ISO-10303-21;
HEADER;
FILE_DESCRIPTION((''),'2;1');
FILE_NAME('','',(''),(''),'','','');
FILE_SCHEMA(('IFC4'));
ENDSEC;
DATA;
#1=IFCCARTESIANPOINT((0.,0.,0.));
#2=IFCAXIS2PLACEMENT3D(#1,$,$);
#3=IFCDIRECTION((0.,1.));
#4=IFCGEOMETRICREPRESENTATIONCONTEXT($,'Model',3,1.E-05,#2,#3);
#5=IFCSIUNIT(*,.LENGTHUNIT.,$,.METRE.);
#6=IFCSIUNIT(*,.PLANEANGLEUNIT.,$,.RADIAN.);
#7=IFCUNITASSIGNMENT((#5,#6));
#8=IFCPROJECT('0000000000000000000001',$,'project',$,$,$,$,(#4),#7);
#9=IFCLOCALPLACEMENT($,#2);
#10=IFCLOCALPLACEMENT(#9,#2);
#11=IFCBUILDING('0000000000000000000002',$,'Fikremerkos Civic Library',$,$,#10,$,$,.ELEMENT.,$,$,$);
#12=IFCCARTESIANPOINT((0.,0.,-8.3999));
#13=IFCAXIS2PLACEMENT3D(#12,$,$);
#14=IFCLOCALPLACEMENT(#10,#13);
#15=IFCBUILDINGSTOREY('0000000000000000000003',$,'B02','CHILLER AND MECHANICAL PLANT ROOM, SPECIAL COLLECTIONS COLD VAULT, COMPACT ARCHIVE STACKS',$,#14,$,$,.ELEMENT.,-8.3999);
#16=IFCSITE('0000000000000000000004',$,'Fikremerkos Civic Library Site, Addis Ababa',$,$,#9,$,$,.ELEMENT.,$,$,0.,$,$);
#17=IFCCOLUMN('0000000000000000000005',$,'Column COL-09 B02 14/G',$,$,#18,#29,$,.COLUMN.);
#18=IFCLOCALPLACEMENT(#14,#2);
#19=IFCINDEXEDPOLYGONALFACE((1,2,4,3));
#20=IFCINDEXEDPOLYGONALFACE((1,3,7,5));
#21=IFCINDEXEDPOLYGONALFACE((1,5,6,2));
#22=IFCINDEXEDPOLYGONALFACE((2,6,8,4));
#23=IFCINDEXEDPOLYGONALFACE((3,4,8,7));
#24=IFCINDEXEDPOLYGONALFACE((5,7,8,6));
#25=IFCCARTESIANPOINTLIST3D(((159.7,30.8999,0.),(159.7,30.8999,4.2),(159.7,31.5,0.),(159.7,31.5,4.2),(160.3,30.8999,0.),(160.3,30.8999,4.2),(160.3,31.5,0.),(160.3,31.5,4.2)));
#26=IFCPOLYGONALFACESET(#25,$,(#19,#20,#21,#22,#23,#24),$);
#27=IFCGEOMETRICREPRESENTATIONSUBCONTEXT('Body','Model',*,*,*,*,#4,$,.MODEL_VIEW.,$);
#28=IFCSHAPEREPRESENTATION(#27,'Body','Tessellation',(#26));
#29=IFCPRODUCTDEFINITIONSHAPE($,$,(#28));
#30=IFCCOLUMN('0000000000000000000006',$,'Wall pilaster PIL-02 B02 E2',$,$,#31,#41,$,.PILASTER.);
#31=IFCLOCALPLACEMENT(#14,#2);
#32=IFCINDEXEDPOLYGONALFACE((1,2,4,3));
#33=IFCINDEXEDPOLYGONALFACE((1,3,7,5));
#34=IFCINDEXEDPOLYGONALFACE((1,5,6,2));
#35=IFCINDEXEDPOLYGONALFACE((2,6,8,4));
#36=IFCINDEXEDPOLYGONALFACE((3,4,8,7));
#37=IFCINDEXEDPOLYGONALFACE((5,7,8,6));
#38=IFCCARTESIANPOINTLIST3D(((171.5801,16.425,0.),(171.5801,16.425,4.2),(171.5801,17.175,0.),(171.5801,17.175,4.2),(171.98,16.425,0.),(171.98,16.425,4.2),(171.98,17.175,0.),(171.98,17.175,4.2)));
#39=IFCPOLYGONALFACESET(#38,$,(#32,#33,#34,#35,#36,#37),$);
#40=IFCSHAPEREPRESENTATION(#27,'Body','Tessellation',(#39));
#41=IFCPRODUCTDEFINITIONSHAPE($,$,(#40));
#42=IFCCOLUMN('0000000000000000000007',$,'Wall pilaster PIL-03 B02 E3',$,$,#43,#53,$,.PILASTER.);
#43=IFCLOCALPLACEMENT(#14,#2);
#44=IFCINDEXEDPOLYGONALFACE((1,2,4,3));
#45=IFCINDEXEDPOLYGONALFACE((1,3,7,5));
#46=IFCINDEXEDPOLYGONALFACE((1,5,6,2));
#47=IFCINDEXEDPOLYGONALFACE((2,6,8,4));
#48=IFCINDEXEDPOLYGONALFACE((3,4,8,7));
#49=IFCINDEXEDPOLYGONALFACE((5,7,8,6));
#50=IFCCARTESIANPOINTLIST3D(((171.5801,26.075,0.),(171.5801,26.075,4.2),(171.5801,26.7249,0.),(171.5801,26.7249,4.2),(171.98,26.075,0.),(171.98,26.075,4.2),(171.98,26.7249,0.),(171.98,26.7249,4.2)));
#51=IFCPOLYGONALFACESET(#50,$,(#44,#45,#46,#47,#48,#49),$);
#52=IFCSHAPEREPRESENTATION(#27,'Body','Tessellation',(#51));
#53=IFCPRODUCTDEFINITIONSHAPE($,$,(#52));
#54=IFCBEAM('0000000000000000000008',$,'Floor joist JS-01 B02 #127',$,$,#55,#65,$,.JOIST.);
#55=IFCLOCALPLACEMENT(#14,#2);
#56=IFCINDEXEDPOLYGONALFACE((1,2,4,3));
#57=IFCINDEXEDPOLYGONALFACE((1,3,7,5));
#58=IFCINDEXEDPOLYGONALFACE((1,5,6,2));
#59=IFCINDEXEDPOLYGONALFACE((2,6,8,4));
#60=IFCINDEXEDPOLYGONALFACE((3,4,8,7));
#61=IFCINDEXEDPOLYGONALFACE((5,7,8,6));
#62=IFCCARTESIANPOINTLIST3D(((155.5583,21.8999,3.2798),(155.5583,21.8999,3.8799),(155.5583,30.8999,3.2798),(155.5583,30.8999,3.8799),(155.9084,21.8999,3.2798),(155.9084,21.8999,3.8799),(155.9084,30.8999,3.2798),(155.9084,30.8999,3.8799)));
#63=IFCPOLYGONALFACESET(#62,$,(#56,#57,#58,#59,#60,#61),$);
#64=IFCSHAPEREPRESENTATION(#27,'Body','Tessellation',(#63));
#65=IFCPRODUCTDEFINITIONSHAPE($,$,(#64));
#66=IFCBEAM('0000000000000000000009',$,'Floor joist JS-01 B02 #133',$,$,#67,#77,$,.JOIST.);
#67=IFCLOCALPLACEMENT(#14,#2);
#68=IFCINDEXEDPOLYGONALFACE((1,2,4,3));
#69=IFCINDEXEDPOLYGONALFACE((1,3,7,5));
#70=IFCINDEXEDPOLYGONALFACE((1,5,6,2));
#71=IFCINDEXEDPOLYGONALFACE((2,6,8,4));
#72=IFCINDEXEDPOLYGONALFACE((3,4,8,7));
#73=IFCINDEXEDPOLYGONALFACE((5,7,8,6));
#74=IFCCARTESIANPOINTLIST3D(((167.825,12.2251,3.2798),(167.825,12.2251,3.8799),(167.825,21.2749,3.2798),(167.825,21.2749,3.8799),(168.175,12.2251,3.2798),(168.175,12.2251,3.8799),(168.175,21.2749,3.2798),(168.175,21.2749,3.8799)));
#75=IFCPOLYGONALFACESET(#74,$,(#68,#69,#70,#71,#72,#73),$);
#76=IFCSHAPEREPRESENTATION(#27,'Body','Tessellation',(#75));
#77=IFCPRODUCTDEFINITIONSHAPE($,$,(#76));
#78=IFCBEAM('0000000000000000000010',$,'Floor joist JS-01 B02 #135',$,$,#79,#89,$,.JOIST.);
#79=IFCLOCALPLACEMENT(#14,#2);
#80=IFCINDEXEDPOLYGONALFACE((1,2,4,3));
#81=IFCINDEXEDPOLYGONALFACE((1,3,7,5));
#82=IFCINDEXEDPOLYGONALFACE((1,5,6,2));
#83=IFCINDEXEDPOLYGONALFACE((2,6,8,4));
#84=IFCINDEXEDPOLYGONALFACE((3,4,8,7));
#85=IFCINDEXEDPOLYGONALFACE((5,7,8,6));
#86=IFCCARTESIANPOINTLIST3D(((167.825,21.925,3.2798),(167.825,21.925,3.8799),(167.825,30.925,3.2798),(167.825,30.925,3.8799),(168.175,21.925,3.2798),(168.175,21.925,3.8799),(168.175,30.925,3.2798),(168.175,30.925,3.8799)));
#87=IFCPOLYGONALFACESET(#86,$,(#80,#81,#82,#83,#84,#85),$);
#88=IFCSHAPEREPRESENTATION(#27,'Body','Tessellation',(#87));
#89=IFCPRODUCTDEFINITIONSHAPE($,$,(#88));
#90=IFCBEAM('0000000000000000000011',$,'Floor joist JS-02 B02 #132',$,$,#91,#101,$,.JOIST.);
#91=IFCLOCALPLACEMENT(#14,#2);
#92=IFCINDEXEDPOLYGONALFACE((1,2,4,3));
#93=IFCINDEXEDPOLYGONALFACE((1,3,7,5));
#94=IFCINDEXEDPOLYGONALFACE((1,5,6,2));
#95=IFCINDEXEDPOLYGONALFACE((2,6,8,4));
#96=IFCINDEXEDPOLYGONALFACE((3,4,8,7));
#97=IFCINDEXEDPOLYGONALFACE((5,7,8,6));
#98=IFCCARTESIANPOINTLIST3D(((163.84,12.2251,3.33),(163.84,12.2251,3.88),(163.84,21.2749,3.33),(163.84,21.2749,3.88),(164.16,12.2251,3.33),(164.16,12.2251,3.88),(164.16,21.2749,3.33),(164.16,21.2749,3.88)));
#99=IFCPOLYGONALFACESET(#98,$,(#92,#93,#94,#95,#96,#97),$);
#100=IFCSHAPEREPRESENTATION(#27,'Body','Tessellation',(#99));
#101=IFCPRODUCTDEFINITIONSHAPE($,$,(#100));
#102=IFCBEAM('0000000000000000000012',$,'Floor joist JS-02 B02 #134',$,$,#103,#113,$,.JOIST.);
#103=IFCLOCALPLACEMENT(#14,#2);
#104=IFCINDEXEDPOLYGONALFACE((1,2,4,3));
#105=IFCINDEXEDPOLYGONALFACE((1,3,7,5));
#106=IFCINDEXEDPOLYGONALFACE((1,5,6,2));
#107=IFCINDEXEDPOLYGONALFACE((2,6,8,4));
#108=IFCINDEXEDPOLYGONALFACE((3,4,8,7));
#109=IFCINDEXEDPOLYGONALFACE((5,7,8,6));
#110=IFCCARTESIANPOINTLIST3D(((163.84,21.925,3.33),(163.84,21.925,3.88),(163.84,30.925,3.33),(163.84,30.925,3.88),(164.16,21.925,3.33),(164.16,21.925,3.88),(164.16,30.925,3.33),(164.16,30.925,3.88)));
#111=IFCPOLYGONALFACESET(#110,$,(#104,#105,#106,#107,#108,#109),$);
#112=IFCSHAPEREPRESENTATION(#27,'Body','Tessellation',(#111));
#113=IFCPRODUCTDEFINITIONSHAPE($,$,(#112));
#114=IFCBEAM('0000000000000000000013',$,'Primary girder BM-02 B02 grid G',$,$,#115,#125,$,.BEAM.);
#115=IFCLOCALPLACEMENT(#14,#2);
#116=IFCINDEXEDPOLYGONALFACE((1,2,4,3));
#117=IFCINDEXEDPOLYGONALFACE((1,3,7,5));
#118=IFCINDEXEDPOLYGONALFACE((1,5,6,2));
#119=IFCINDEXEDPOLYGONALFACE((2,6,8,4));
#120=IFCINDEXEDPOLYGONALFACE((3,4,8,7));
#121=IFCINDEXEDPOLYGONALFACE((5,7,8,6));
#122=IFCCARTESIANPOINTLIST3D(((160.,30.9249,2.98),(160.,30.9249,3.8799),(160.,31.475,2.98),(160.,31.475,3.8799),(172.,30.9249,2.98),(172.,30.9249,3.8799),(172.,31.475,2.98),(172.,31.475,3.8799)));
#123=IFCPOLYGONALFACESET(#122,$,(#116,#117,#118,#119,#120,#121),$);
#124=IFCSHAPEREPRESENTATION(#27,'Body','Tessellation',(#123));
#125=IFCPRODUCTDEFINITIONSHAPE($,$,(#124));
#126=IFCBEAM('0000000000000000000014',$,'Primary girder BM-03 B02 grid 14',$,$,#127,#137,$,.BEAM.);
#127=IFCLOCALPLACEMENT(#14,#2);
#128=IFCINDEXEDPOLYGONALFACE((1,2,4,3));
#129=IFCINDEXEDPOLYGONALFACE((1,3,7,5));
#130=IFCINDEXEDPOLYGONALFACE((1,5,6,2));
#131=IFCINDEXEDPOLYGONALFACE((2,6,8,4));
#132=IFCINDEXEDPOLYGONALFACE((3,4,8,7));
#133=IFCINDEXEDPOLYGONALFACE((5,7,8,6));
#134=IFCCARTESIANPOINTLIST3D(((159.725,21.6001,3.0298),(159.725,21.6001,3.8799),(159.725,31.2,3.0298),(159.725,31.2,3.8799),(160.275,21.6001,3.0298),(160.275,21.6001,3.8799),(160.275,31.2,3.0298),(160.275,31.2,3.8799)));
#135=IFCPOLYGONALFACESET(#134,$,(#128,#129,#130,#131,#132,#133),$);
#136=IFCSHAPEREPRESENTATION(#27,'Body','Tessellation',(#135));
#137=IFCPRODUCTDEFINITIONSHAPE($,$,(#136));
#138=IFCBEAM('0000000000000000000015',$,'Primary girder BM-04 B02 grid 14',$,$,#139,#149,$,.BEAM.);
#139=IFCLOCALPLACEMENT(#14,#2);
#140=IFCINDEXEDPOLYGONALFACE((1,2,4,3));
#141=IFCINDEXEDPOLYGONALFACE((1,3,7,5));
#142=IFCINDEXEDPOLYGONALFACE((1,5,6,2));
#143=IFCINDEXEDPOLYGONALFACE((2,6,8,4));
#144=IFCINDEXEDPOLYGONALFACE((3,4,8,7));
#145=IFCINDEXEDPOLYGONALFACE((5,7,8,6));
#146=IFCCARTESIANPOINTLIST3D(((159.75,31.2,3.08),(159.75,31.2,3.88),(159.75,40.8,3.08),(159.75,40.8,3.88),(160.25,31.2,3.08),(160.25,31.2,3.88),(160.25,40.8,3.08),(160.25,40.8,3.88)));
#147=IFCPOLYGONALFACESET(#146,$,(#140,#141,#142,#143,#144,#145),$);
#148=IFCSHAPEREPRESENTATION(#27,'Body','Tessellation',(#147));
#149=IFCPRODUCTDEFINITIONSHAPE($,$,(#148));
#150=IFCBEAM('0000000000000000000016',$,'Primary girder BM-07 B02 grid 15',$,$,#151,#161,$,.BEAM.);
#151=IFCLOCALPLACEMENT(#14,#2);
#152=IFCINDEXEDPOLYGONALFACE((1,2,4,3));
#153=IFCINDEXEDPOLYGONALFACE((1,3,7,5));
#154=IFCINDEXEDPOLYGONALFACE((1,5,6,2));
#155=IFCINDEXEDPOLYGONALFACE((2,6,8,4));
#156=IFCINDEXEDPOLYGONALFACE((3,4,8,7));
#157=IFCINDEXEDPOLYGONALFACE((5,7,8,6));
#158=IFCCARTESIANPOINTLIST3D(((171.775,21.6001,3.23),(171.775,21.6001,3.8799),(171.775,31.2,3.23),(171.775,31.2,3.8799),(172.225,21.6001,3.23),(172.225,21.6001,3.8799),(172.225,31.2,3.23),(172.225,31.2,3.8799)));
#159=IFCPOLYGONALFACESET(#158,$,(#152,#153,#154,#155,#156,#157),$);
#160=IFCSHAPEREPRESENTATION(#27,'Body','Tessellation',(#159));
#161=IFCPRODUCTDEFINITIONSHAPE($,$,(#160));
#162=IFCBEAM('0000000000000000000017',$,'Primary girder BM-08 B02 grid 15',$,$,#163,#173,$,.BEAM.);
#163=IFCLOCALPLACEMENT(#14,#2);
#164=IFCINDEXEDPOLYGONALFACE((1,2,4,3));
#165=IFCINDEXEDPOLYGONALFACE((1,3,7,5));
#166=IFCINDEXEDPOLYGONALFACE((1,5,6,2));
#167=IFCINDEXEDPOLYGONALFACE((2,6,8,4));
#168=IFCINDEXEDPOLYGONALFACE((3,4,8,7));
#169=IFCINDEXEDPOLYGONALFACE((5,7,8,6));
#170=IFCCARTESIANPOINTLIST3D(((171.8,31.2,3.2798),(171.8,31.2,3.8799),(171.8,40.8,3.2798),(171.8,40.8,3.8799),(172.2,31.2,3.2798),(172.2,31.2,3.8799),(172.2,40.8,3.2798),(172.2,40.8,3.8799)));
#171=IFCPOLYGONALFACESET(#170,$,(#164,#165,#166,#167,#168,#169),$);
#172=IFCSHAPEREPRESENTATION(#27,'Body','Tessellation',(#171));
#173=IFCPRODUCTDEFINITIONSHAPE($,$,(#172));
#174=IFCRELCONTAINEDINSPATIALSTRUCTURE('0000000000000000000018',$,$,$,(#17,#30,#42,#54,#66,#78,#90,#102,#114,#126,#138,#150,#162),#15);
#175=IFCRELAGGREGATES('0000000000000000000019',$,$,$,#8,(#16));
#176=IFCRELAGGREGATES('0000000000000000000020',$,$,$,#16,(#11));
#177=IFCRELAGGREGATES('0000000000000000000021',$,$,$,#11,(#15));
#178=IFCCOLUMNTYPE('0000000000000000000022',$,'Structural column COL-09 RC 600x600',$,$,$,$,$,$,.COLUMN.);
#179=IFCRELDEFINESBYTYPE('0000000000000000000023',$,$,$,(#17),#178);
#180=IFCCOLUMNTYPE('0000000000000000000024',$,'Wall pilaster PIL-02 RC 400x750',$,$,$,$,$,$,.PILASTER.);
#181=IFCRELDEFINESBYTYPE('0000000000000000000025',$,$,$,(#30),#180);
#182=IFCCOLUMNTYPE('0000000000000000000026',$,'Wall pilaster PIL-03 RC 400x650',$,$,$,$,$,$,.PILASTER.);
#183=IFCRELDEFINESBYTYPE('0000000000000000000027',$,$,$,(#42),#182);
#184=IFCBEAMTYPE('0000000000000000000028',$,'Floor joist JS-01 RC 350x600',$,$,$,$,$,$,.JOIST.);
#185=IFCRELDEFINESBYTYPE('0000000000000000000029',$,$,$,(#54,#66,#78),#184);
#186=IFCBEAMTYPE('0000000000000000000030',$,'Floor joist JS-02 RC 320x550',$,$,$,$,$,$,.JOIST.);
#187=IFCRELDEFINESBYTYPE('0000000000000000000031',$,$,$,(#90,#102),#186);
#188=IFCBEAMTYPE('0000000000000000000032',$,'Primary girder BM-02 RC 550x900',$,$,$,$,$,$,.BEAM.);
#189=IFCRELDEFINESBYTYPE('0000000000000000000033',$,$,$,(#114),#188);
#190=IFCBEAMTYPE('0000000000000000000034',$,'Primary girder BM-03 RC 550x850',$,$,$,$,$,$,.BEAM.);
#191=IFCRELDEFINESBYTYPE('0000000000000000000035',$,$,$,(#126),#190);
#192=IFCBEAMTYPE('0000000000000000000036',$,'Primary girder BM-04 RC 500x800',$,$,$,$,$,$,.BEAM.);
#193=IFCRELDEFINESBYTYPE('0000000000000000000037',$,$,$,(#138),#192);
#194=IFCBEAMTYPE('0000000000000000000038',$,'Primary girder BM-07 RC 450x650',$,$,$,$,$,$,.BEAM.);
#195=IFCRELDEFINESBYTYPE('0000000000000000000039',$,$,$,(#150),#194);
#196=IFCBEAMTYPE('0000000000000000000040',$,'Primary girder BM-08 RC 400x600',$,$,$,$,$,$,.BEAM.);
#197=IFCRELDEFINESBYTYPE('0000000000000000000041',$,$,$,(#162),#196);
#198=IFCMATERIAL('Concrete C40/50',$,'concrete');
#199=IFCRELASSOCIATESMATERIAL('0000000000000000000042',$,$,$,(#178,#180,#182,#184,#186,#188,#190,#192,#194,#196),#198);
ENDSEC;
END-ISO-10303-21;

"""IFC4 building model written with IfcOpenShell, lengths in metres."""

from ifc_helpers import new_model, si_unit, direction, frame, origin, origin_2d, place, context, subcontext, project, spatial, rectangle, extrude, material, material_profile, profile_set, type_object, element, save


model = new_model("IFC4")

# Units and contexts
model_context = context("Model", 3, precision=1e-05, world=origin(), true_north=direction((0.0, 1.0)))
body_context = subcontext(model_context, "Body", "Model", "MODEL_VIEW")
ifc_project = project(units=[si_unit("LENGTHUNIT", "METRE"), si_unit("PLANEANGLEUNIT", "RADIAN")], contexts=[model_context])

# Site, building, storey
site_placement = place(None, origin())
site = spatial("IfcSite", under=ifc_project, at=site_placement, Name="Fikremerkos Civic Library Site, Addis Ababa", CompositionType="ELEMENT", RefElevation=0.0)
building_placement = place(site_placement, origin())
building = spatial("IfcBuilding", under=site, at=building_placement, Name="Fikremerkos Civic Library", CompositionType="ELEMENT")
storey_placement = place(building_placement, frame((0.0, 0.0, -8.3999)))
storey = spatial("IfcBuildingStorey", under=building, at=storey_placement, Name="B02", Description="CHILLER AND MECHANICAL PLANT ROOM, SPECIAL COLLECTIONS COLD VAULT, COMPACT ARCHIVE STACKS", CompositionType="ELEMENT", Elevation=-8.3999)

# Shared definitions
ifc_material_1 = material(Name="Concrete C40/50", Category="concrete")

# Columns
ifc_material_profile_1 = material_profile(ifc_material_1, rectangle(XDim=0.6001, YDim=0.6001, at=origin_2d()), Name="RC 600x600")
ifc_profile_set_1 = profile_set([ifc_material_profile_1], Name="Concrete C40/50")
column_type_1 = type_object("IfcColumnType", Name="Structural column COL-09 RC 600x600", PredefinedType="COLUMN", material=ifc_profile_set_1)
column_1_placement = place(storey_placement, frame((160.0, 31.2, 0.0), z_axis=(0.0, 0.0, 1.0), x_axis=(1.0, 0.0, 0.0)))
element("IfcColumn", 1, at=column_1_placement, inside=storey, type_object=column_type_1, Name="Column COL-09 B02 14/G", PredefinedType="COLUMN", context=body_context, shape_type="SweptSolid", body=[
    extrude(rectangle(XDim=0.6001, YDim=0.6001, at=origin_2d()), origin(), (0.0, 0.0, 1.0), 4.2),
])
ifc_material_profile_2 = material_profile(ifc_material_1, rectangle(XDim=0.3999, YDim=0.75, at=origin_2d()), Name="RC 400x750")
ifc_profile_set_2 = profile_set([ifc_material_profile_2], Name="Concrete C40/50")
column_type_2 = type_object("IfcColumnType", Name="Wall pilaster PIL-02 RC 400x750", PredefinedType="PILASTER", material=ifc_profile_set_2)
column_2_placement = place(storey_placement, frame((171.78, 16.8, 0.0), z_axis=(0.0, 0.0, 1.0), x_axis=(1.0, 0.0, 0.0)))
element("IfcColumn", 2, at=column_2_placement, inside=storey, type_object=column_type_2, Name="Wall pilaster PIL-02 B02 E2", PredefinedType="PILASTER", context=body_context, shape_type="SweptSolid", body=[
    extrude(rectangle(XDim=0.3999, YDim=0.75, at=origin_2d()), origin(), (0.0, 0.0, 1.0), 4.2),
])
ifc_material_profile_3 = material_profile(ifc_material_1, rectangle(XDim=0.3999, YDim=0.6499, at=origin_2d()), Name="RC 400x650")
ifc_profile_set_3 = profile_set([ifc_material_profile_3], Name="Concrete C40/50")
column_type_3 = type_object("IfcColumnType", Name="Wall pilaster PIL-03 RC 400x650", PredefinedType="PILASTER", material=ifc_profile_set_3)
column_3_placement = place(storey_placement, frame((171.78, 26.3999, 0.0), z_axis=(0.0, 0.0, 1.0), x_axis=(1.0, 0.0, 0.0)))
element("IfcColumn", 3, at=column_3_placement, inside=storey, type_object=column_type_3, Name="Wall pilaster PIL-03 B02 E3", PredefinedType="PILASTER", context=body_context, shape_type="SweptSolid", body=[
    extrude(rectangle(XDim=0.3999, YDim=0.6499, at=origin_2d()), origin(), (0.0, 0.0, 1.0), 4.2),
])

# Beams
ifc_material_profile_4 = material_profile(ifc_material_1, rectangle(XDim=0.3501, YDim=0.6001, at=origin_2d()), Name="RC 350x600")
ifc_profile_set_4 = profile_set([ifc_material_profile_4], Name="Concrete C40/50")
beam_type_1 = type_object("IfcBeamType", Name="Floor joist JS-01 RC 350x600", PredefinedType="JOIST", material=ifc_profile_set_4)
beam_1_placement = place(storey_placement, frame((155.7334, 21.8999, 3.5798), z_axis=(0.0, 1.0, 0.0), x_axis=(-1.0, 0.0, 0.0)))
element("IfcBeam", 4, at=beam_1_placement, inside=storey, type_object=beam_type_1, Name="Floor joist JS-01 B02 #127", PredefinedType="JOIST", context=body_context, shape_type="SweptSolid", body=[
    extrude(rectangle(XDim=0.3501, YDim=0.6001, at=origin_2d()), origin(), (0.0, 0.0, 1.0), 9.0),
])
beam_2_placement = place(storey_placement, frame((168.0, 12.2251, 3.5798), z_axis=(0.0, 1.0, 0.0), x_axis=(-1.0, 0.0, 0.0)))
element("IfcBeam", 5, at=beam_2_placement, inside=storey, type_object=beam_type_1, Name="Floor joist JS-01 B02 #133", PredefinedType="JOIST", context=body_context, shape_type="SweptSolid", body=[
    extrude(rectangle(XDim=0.3501, YDim=0.6001, at=origin_2d()), origin(), (0.0, 0.0, 1.0), 9.0498),
])
beam_3_placement = place(storey_placement, frame((168.0, 21.925, 3.5798), z_axis=(0.0, 1.0, 0.0), x_axis=(-1.0, 0.0, 0.0)))
element("IfcBeam", 6, at=beam_3_placement, inside=storey, type_object=beam_type_1, Name="Floor joist JS-01 B02 #135", PredefinedType="JOIST", context=body_context, shape_type="SweptSolid", body=[
    extrude(rectangle(XDim=0.3501, YDim=0.6001, at=origin_2d()), origin(), (0.0, 0.0, 1.0), 9.0),
])
ifc_material_profile_5 = material_profile(ifc_material_1, rectangle(XDim=0.3201, YDim=0.55, at=origin_2d()), Name="RC 320x550")
ifc_profile_set_5 = profile_set([ifc_material_profile_5], Name="Concrete C40/50")
beam_type_2 = type_object("IfcBeamType", Name="Floor joist JS-02 RC 320x550", PredefinedType="JOIST", material=ifc_profile_set_5)
beam_4_placement = place(storey_placement, frame((164.0, 12.2251, 3.605), z_axis=(0.0, 1.0, 0.0), x_axis=(-1.0, 0.0, 0.0)))
element("IfcBeam", 7, at=beam_4_placement, inside=storey, type_object=beam_type_2, Name="Floor joist JS-02 B02 #132", PredefinedType="JOIST", context=body_context, shape_type="SweptSolid", body=[
    extrude(rectangle(XDim=0.3201, YDim=0.55, at=origin_2d()), origin(), (0.0, 0.0, 1.0), 9.0498),
])
beam_5_placement = place(storey_placement, frame((164.0, 21.925, 3.605), z_axis=(0.0, 1.0, 0.0), x_axis=(-1.0, 0.0, 0.0)))
element("IfcBeam", 8, at=beam_5_placement, inside=storey, type_object=beam_type_2, Name="Floor joist JS-02 B02 #134", PredefinedType="JOIST", context=body_context, shape_type="SweptSolid", body=[
    extrude(rectangle(XDim=0.3201, YDim=0.55, at=origin_2d()), origin(), (0.0, 0.0, 1.0), 9.0),
])
ifc_material_profile_6 = material_profile(ifc_material_1, rectangle(XDim=0.55, YDim=0.8999, at=origin_2d()), Name="RC 550x900")
ifc_profile_set_6 = profile_set([ifc_material_profile_6], Name="Concrete C40/50")
beam_type_3 = type_object("IfcBeamType", Name="Primary girder BM-02 RC 550x900", PredefinedType="BEAM", material=ifc_profile_set_6)
beam_6_placement = place(storey_placement, frame((160.0, 31.2, 3.4299), z_axis=(1.0, 0.0, 0.0), x_axis=(0.0, 1.0, 0.0)))
element("IfcBeam", 9, at=beam_6_placement, inside=storey, type_object=beam_type_3, Name="Primary girder BM-02 B02 grid G", PredefinedType="BEAM", context=body_context, shape_type="SweptSolid", body=[
    extrude(rectangle(XDim=0.55, YDim=0.8999, at=origin_2d()), origin(), (0.0, 0.0, 1.0), 12.0),
])
ifc_material_profile_7 = material_profile(ifc_material_1, rectangle(XDim=0.55, YDim=0.8501, at=origin_2d()), Name="RC 550x850")
ifc_profile_set_7 = profile_set([ifc_material_profile_7], Name="Concrete C40/50")
beam_type_4 = type_object("IfcBeamType", Name="Primary girder BM-03 RC 550x850", PredefinedType="BEAM", material=ifc_profile_set_7)
beam_7_placement = place(storey_placement, frame((160.0, 21.6001, 3.4548), z_axis=(0.0, 1.0, 0.0), x_axis=(-1.0, 0.0, 0.0)))
element("IfcBeam", 10, at=beam_7_placement, inside=storey, type_object=beam_type_4, Name="Primary girder BM-03 B02 grid 14", PredefinedType="BEAM", context=body_context, shape_type="SweptSolid", body=[
    extrude(rectangle(XDim=0.55, YDim=0.8501, at=origin_2d()), origin(), (0.0, 0.0, 1.0), 9.5999),
])
ifc_material_profile_8 = material_profile(ifc_material_1, rectangle(XDim=0.5, YDim=0.8, at=origin_2d()), Name="RC 500x800")
ifc_profile_set_8 = profile_set([ifc_material_profile_8], Name="Concrete C40/50")
beam_type_5 = type_object("IfcBeamType", Name="Primary girder BM-04 RC 500x800", PredefinedType="BEAM", material=ifc_profile_set_8)
beam_8_placement = place(storey_placement, frame((160.0, 31.2, 3.48), z_axis=(0.0, 1.0, 0.0), x_axis=(-1.0, 0.0, 0.0)))
element("IfcBeam", 11, at=beam_8_placement, inside=storey, type_object=beam_type_5, Name="Primary girder BM-04 B02 grid 14", PredefinedType="BEAM", context=body_context, shape_type="SweptSolid", body=[
    extrude(rectangle(XDim=0.5, YDim=0.8, at=origin_2d()), origin(), (0.0, 0.0, 1.0), 9.6001),
])
ifc_material_profile_9 = material_profile(ifc_material_1, rectangle(XDim=0.45, YDim=0.6499, at=origin_2d()), Name="RC 450x650")
ifc_profile_set_9 = profile_set([ifc_material_profile_9], Name="Concrete C40/50")
beam_type_6 = type_object("IfcBeamType", Name="Primary girder BM-07 RC 450x650", PredefinedType="BEAM", material=ifc_profile_set_9)
beam_9_placement = place(storey_placement, frame((172.0, 21.6001, 3.5549), z_axis=(0.0, 1.0, 0.0), x_axis=(-1.0, 0.0, 0.0)))
element("IfcBeam", 12, at=beam_9_placement, inside=storey, type_object=beam_type_6, Name="Primary girder BM-07 B02 grid 15", PredefinedType="BEAM", context=body_context, shape_type="SweptSolid", body=[
    extrude(rectangle(XDim=0.45, YDim=0.6499, at=origin_2d()), origin(), (0.0, 0.0, 1.0), 9.5999),
])
ifc_material_profile_10 = material_profile(ifc_material_1, rectangle(XDim=0.3999, YDim=0.6001, at=origin_2d()), Name="RC 400x600")
ifc_profile_set_10 = profile_set([ifc_material_profile_10], Name="Concrete C40/50")
beam_type_7 = type_object("IfcBeamType", Name="Primary girder BM-08 RC 400x600", PredefinedType="BEAM", material=ifc_profile_set_10)
beam_10_placement = place(storey_placement, frame((172.0, 31.2, 3.5798), z_axis=(0.0, 1.0, 0.0), x_axis=(-1.0, 0.0, 0.0)))
element("IfcBeam", 13, at=beam_10_placement, inside=storey, type_object=beam_type_7, Name="Primary girder BM-08 B02 grid 15", PredefinedType="BEAM", context=body_context, shape_type="SweptSolid", body=[
    extrude(rectangle(XDim=0.3999, YDim=0.6001, at=origin_2d()), origin(), (0.0, 0.0, 1.0), 9.6001),
])

save(model, "model.ifc")
